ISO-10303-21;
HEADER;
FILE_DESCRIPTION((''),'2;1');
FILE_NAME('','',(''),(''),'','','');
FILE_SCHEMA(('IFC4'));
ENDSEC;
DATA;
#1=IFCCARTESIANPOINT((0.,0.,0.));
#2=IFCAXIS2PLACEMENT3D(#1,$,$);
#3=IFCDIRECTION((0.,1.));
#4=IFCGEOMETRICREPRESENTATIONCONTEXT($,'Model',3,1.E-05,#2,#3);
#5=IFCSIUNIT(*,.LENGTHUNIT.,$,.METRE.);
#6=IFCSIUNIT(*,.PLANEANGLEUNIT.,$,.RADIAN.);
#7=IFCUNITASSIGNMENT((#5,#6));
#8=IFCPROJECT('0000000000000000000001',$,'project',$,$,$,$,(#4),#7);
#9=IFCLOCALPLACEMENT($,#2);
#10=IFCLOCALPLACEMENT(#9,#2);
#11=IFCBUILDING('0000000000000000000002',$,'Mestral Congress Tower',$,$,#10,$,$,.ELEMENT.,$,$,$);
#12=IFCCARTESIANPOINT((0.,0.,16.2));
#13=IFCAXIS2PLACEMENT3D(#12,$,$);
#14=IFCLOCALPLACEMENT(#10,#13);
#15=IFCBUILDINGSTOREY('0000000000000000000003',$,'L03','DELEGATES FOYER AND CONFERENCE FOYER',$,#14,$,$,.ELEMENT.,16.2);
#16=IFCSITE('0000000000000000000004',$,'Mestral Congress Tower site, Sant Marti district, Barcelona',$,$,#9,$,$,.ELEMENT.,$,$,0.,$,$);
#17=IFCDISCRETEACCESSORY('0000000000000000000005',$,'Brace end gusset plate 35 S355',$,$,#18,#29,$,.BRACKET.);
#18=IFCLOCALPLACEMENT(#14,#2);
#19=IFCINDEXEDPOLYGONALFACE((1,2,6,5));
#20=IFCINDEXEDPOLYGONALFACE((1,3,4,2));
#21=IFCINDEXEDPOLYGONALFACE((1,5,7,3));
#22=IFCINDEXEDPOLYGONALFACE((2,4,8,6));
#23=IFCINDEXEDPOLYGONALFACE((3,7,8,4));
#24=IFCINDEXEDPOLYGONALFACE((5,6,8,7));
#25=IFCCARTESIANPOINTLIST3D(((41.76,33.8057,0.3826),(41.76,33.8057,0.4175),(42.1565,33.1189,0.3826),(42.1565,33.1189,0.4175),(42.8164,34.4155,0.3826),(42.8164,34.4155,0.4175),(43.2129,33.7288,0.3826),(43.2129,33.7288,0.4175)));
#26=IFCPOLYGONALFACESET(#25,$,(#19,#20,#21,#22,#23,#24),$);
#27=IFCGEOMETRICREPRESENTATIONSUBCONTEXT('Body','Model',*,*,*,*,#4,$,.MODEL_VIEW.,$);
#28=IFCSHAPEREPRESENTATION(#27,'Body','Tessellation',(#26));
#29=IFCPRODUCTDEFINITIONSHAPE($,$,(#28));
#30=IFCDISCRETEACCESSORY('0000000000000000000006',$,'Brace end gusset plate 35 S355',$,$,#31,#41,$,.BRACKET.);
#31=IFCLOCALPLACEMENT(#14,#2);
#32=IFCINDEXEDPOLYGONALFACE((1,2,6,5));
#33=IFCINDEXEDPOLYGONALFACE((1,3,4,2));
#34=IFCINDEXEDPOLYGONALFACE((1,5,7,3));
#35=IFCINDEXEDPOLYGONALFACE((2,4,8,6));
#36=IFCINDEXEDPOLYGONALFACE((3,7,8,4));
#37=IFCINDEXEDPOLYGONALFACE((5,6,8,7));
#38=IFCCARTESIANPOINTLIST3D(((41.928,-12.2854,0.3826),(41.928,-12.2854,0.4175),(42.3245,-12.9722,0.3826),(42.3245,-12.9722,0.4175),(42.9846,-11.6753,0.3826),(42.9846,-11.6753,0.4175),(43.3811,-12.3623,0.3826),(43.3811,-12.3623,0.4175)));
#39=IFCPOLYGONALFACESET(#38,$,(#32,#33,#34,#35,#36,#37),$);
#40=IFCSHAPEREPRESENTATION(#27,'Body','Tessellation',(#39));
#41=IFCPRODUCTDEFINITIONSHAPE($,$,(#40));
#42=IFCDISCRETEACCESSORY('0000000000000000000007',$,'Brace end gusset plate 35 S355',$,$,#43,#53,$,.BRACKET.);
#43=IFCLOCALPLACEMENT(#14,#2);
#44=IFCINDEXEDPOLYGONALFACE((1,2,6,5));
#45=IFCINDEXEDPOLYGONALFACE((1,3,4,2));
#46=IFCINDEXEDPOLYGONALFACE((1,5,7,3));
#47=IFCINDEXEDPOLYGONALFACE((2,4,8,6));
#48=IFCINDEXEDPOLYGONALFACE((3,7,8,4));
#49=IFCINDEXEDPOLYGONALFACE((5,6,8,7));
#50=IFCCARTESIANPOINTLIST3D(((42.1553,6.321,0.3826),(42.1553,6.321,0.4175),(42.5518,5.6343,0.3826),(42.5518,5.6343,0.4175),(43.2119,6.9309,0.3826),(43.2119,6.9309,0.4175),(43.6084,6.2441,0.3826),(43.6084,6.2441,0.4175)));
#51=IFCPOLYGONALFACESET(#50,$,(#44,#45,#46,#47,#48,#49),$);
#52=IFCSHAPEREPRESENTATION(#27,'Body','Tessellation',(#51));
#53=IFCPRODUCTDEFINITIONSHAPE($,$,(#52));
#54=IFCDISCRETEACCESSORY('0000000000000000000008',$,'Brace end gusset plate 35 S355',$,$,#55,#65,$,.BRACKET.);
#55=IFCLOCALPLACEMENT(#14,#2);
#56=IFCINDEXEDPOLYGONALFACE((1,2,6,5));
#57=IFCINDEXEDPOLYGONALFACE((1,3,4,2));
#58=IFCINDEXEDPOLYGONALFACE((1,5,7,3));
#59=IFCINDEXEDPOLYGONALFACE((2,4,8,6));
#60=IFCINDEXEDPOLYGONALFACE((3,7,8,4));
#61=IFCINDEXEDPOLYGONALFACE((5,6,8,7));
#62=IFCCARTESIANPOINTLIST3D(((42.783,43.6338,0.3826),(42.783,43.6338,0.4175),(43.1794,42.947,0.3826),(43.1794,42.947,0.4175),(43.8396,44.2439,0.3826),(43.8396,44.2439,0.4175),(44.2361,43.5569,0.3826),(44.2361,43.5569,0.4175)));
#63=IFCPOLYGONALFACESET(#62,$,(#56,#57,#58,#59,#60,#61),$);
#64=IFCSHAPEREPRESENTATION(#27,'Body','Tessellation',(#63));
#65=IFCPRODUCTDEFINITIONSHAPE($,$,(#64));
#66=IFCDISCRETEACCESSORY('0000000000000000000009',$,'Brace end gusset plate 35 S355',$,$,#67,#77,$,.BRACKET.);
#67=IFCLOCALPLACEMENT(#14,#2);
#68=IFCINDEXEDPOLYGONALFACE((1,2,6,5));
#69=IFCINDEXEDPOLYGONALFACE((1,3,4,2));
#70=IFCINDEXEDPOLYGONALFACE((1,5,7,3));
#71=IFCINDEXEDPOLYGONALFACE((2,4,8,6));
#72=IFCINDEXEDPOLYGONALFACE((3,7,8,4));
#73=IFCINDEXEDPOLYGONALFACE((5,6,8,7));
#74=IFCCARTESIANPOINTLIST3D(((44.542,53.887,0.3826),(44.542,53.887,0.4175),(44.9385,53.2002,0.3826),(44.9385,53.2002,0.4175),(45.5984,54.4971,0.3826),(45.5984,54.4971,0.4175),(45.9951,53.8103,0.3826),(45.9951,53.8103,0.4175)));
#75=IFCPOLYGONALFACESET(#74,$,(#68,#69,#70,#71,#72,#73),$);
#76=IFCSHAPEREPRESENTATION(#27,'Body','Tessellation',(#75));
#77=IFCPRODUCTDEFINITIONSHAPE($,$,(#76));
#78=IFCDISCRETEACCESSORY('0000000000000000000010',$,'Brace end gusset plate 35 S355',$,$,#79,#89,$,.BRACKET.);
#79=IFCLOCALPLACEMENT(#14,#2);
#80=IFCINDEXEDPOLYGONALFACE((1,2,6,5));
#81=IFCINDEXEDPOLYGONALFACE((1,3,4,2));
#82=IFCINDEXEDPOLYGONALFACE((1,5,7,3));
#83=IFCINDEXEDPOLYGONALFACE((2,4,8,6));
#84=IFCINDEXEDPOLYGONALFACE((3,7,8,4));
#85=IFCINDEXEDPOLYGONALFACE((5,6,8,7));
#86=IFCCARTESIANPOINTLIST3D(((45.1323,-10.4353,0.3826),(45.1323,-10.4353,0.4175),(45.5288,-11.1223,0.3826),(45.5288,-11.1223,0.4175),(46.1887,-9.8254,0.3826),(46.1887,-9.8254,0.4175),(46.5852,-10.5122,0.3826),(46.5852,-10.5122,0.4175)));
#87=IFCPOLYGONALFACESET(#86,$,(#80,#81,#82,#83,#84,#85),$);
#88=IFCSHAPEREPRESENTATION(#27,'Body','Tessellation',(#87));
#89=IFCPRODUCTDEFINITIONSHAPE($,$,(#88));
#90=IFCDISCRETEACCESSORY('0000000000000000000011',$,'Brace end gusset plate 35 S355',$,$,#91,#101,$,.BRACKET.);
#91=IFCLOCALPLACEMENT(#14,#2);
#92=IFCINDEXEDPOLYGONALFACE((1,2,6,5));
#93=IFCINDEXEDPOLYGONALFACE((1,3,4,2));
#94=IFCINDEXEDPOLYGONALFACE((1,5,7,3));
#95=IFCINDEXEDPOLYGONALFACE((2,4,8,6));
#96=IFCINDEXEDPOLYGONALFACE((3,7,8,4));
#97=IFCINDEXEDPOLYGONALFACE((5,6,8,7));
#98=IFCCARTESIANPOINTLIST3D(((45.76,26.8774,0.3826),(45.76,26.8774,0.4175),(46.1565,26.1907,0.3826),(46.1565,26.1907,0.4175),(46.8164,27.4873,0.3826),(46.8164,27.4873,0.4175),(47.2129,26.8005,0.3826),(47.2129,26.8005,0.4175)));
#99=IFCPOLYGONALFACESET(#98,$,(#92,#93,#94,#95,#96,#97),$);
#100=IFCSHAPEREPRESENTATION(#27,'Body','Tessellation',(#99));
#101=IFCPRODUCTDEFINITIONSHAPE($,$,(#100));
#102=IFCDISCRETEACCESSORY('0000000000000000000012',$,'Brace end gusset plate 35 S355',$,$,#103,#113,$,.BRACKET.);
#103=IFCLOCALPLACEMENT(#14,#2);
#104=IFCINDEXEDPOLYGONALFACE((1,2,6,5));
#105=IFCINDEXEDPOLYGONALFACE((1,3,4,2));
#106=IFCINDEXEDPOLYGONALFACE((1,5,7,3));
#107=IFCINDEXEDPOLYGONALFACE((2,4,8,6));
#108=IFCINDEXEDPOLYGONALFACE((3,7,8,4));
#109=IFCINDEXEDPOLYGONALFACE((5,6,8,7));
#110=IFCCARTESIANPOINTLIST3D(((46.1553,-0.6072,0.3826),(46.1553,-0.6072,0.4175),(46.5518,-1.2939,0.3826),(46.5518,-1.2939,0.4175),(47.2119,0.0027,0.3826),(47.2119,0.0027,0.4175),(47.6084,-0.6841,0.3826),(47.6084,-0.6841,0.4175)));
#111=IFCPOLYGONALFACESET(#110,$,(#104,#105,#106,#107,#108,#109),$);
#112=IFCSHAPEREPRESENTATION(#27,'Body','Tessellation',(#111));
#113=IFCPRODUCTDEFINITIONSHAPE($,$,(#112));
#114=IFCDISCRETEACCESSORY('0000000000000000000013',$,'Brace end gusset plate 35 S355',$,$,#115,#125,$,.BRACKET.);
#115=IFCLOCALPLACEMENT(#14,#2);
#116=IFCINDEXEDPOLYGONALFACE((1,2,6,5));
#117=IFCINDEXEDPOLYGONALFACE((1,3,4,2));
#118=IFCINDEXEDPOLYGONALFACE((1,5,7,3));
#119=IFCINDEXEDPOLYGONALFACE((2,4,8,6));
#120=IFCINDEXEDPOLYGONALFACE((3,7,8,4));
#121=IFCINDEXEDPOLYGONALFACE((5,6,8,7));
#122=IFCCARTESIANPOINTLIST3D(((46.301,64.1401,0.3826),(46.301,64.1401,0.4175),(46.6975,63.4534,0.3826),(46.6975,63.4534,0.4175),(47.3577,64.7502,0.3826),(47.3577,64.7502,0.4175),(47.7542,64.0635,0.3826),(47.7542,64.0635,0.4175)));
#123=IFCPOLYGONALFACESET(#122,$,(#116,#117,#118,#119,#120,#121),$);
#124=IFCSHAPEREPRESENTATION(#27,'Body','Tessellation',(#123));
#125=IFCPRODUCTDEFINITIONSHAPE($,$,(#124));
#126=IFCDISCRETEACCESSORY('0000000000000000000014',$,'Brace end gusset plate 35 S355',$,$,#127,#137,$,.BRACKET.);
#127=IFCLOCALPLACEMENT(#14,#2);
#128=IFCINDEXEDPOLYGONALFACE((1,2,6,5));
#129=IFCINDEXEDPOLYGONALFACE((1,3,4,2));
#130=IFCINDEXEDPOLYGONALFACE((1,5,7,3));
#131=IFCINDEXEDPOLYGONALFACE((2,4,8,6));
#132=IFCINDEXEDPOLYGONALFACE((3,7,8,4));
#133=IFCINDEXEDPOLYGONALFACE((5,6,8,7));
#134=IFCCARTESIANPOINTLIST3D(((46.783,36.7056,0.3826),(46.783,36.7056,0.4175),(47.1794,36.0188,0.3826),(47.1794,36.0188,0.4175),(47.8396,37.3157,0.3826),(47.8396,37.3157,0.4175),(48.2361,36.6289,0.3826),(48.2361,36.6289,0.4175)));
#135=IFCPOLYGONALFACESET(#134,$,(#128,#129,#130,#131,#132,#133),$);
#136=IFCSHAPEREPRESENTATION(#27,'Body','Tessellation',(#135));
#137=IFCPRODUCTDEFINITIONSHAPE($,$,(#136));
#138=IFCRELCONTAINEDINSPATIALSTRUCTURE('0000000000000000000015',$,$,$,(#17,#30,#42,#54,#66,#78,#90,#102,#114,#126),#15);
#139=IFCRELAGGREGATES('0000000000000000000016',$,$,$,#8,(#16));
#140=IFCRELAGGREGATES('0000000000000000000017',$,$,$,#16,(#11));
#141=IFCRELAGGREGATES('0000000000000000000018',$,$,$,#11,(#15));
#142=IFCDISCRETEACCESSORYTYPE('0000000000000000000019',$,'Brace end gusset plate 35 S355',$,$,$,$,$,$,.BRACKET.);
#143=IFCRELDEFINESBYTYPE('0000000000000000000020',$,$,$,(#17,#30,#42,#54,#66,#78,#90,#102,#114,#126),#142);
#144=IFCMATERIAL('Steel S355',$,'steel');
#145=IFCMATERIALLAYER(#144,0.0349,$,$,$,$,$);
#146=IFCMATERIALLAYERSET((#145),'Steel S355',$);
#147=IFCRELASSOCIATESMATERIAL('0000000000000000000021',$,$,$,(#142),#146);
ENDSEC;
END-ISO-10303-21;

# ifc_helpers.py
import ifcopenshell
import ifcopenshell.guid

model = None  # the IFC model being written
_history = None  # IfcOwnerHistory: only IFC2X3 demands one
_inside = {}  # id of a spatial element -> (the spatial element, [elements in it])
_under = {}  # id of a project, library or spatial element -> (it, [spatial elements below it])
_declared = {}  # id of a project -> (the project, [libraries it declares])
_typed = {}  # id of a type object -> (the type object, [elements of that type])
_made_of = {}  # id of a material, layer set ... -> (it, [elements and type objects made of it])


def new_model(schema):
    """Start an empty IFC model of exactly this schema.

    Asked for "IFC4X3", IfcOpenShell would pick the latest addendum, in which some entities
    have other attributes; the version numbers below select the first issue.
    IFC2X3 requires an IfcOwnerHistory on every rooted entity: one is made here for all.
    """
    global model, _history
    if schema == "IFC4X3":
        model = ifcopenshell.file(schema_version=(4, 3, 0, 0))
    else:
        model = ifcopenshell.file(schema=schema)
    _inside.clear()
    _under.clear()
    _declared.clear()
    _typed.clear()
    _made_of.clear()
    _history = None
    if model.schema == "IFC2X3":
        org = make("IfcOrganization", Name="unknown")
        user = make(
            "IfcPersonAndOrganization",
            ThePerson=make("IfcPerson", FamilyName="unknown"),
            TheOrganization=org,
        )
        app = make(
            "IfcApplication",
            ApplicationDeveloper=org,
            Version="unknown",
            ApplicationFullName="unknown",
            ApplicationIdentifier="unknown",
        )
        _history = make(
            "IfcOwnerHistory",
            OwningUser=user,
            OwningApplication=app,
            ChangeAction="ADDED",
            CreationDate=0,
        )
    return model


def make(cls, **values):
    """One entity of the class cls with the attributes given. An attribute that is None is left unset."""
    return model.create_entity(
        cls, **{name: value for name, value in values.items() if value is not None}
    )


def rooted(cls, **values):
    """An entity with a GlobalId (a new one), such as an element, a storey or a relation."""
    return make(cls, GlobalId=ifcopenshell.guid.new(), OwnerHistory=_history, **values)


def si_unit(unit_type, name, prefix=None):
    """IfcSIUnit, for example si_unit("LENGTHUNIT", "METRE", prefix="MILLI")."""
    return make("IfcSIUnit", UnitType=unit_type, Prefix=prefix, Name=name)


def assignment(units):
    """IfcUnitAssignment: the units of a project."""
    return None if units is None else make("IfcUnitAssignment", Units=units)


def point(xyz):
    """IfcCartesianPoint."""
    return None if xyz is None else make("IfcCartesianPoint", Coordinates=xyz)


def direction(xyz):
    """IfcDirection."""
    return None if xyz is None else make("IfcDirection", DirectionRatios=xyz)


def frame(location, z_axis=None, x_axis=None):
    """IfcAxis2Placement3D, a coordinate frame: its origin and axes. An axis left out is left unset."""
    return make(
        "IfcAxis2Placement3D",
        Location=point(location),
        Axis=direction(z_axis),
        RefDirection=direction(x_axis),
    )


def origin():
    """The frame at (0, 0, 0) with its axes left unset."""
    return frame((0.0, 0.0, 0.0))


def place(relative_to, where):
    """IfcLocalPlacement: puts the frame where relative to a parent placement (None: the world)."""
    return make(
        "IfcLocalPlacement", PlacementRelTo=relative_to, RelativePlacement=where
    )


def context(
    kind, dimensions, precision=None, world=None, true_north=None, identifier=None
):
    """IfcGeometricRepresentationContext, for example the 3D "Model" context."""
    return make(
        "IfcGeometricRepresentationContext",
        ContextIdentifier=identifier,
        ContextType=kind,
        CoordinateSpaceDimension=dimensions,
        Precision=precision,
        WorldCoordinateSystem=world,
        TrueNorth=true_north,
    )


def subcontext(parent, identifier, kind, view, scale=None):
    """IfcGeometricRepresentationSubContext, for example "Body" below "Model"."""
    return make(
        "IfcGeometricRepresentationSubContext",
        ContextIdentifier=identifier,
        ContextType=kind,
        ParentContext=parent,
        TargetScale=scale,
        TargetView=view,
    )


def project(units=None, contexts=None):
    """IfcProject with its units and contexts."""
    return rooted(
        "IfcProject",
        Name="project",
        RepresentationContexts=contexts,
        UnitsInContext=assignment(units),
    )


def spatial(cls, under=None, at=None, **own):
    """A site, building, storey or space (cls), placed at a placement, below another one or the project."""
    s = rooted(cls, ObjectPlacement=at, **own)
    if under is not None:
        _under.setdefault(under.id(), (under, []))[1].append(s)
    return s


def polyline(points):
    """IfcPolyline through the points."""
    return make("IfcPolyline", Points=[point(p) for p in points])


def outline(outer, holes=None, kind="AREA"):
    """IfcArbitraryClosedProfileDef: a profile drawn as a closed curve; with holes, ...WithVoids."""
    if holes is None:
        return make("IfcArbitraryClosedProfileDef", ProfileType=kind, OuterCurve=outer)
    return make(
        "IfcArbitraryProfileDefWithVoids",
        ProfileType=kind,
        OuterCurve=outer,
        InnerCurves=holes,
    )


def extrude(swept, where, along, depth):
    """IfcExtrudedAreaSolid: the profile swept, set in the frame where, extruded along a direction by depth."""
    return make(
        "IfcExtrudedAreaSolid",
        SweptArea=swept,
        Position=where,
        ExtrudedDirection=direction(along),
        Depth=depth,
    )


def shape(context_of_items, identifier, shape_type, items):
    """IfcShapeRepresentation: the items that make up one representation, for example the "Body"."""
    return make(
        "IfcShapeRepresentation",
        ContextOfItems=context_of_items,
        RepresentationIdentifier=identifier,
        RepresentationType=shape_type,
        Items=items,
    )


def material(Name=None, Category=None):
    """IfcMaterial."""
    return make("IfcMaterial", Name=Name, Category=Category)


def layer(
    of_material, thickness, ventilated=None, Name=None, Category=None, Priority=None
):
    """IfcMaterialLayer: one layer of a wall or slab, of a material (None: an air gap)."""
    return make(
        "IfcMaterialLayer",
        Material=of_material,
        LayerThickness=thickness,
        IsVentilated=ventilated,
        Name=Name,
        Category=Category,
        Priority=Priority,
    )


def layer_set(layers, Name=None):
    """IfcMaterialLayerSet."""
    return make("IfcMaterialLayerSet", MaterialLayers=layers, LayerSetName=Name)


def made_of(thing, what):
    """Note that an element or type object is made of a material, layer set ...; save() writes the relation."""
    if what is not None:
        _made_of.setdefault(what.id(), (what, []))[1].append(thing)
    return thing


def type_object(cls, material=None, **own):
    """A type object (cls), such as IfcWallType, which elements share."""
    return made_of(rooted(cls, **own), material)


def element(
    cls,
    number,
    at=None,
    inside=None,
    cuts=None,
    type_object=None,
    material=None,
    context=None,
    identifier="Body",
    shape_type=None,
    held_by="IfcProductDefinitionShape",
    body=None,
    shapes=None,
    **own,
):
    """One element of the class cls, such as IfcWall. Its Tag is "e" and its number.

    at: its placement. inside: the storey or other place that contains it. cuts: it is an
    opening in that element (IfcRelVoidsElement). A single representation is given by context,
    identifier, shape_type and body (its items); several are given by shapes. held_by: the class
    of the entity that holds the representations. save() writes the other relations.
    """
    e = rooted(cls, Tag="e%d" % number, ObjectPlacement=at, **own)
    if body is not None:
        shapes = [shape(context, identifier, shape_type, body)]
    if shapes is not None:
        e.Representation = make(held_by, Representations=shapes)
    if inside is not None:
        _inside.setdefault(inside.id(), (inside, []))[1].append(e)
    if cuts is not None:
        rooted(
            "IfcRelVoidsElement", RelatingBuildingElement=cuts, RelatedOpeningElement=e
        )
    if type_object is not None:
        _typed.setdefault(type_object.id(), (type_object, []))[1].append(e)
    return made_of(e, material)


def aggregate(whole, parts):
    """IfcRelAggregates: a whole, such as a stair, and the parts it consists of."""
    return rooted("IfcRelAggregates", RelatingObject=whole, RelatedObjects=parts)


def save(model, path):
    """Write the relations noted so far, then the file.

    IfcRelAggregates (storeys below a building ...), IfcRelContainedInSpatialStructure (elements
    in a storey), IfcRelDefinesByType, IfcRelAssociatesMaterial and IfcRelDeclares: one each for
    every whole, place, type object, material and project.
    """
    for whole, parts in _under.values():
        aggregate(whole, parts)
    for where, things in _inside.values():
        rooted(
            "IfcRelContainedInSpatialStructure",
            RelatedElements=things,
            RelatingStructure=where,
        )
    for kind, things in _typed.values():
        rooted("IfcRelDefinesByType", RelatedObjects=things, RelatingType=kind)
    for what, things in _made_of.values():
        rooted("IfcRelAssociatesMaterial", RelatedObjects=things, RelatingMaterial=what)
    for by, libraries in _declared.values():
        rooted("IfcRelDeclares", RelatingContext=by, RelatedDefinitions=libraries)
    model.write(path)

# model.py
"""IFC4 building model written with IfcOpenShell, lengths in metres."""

from ifc_helpers import new_model, si_unit, direction, frame, origin, place, context, subcontext, project, spatial, polyline, outline, extrude, material, layer, layer_set, type_object, element, save


model = new_model("IFC4")

# Units and contexts
model_context = context("Model", 3, precision=1e-05, world=origin(), true_north=direction((0.0, 1.0)))
body_context = subcontext(model_context, "Body", "Model", "MODEL_VIEW")
ifc_project = project(units=[si_unit("LENGTHUNIT", "METRE"), si_unit("PLANEANGLEUNIT", "RADIAN")], contexts=[model_context])

# Site, building, storey
site_placement = place(None, origin())
site = spatial("IfcSite", under=ifc_project, at=site_placement, Name="Mestral Congress Tower site, Sant Marti district, Barcelona", CompositionType="ELEMENT", RefElevation=0.0)
building_placement = place(site_placement, origin())
building = spatial("IfcBuilding", under=site, at=building_placement, Name="Mestral Congress Tower", CompositionType="ELEMENT")
storey_placement = place(building_placement, frame((0.0, 0.0, 16.2)))
storey = spatial("IfcBuildingStorey", under=building, at=storey_placement, Name="L03", Description="DELEGATES FOYER AND CONFERENCE FOYER", CompositionType="ELEMENT", Elevation=16.2)

# Discrete accessories
ifc_material = material(Name="Steel S355", Category="steel")
ifc_layer_1 = layer(ifc_material, 0.0349)
ifc_layer_set_1 = layer_set([ifc_layer_1], Name="Steel S355")
discrete_accessory_type_1 = type_object("IfcDiscreteAccessoryType", Name="Brace end gusset plate 35 S355", PredefinedType="BRACKET", material=ifc_layer_set_1)
placement_1 = place(storey_placement, frame((0.0, 0.0, 0.3826)))
element("IfcDiscreteAccessory", 1, at=placement_1, inside=storey, type_object=discrete_accessory_type_1, Name="Brace end gusset plate 35 S355", PredefinedType="BRACKET", context=body_context, shape_type="SweptSolid", body=[
    extrude(outline(polyline([(42.1565, 33.1189), (43.2129, 33.7288), (42.8164, 34.4155), (41.76, 33.8057), (42.1565, 33.1189)])), origin(), (0.0, 0.0, 1.0), 0.0349),
])
element("IfcDiscreteAccessory", 2, at=placement_1, inside=storey, type_object=discrete_accessory_type_1, Name="Brace end gusset plate 35 S355", PredefinedType="BRACKET", context=body_context, shape_type="SweptSolid", body=[
    extrude(outline(polyline([(42.9846, -11.6753), (41.928, -12.2854), (42.3245, -12.9722), (43.3811, -12.3623), (42.9846, -11.6753)])), origin(), (0.0, 0.0, 1.0), 0.0349),
])
element("IfcDiscreteAccessory", 3, at=placement_1, inside=storey, type_object=discrete_accessory_type_1, Name="Brace end gusset plate 35 S355", PredefinedType="BRACKET", context=body_context, shape_type="SweptSolid", body=[
    extrude(outline(polyline([(43.2119, 6.9309), (42.1553, 6.321), (42.5518, 5.6343), (43.6084, 6.2441), (43.2119, 6.9309)])), origin(), (0.0, 0.0, 1.0), 0.0349),
])
element("IfcDiscreteAccessory", 4, at=placement_1, inside=storey, type_object=discrete_accessory_type_1, Name="Brace end gusset plate 35 S355", PredefinedType="BRACKET", context=body_context, shape_type="SweptSolid", body=[
    extrude(outline(polyline([(43.8396, 44.2439), (42.783, 43.6338), (43.1794, 42.947), (44.2361, 43.5569), (43.8396, 44.2439)])), origin(), (0.0, 0.0, 1.0), 0.0349),
])
element("IfcDiscreteAccessory", 5, at=placement_1, inside=storey, type_object=discrete_accessory_type_1, Name="Brace end gusset plate 35 S355", PredefinedType="BRACKET", context=body_context, shape_type="SweptSolid", body=[
    extrude(outline(polyline([(45.5984, 54.4971), (44.542, 53.887), (44.9385, 53.2002), (45.9951, 53.8103), (45.5984, 54.4971)])), origin(), (0.0, 0.0, 1.0), 0.0349),
])
element("IfcDiscreteAccessory", 6, at=placement_1, inside=storey, type_object=discrete_accessory_type_1, Name="Brace end gusset plate 35 S355", PredefinedType="BRACKET", context=body_context, shape_type="SweptSolid", body=[
    extrude(outline(polyline([(46.1887, -9.8254), (45.1323, -10.4353), (45.5288, -11.1223), (46.5852, -10.5122), (46.1887, -9.8254)])), origin(), (0.0, 0.0, 1.0), 0.0349),
])
element("IfcDiscreteAccessory", 7, at=placement_1, inside=storey, type_object=discrete_accessory_type_1, Name="Brace end gusset plate 35 S355", PredefinedType="BRACKET", context=body_context, shape_type="SweptSolid", body=[
    extrude(outline(polyline([(46.1565, 26.1907), (47.2129, 26.8005), (46.8164, 27.4873), (45.76, 26.8774), (46.1565, 26.1907)])), origin(), (0.0, 0.0, 1.0), 0.0349),
])
element("IfcDiscreteAccessory", 8, at=placement_1, inside=storey, type_object=discrete_accessory_type_1, Name="Brace end gusset plate 35 S355", PredefinedType="BRACKET", context=body_context, shape_type="SweptSolid", body=[
    extrude(outline(polyline([(47.2119, 0.0027), (46.1553, -0.6072), (46.5518, -1.2939), (47.6084, -0.6841), (47.2119, 0.0027)])), origin(), (0.0, 0.0, 1.0), 0.0349),
])
element("IfcDiscreteAccessory", 9, at=placement_1, inside=storey, type_object=discrete_accessory_type_1, Name="Brace end gusset plate 35 S355", PredefinedType="BRACKET", context=body_context, shape_type="SweptSolid", body=[
    extrude(outline(polyline([(47.3577, 64.7502), (46.301, 64.1401), (46.6975, 63.4534), (47.7542, 64.0635), (47.3577, 64.7502)])), origin(), (0.0, 0.0, 1.0), 0.0349),
])
element("IfcDiscreteAccessory", 10, at=placement_1, inside=storey, type_object=discrete_accessory_type_1, Name="Brace end gusset plate 35 S355", PredefinedType="BRACKET", context=body_context, shape_type="SweptSolid", body=[
    extrude(outline(polyline([(47.8396, 37.3157), (46.783, 36.7056), (47.1794, 36.0188), (48.2361, 36.6289), (47.8396, 37.3157)])), origin(), (0.0, 0.0, 1.0), 0.0349),
])

save(model, "model.ifc")
